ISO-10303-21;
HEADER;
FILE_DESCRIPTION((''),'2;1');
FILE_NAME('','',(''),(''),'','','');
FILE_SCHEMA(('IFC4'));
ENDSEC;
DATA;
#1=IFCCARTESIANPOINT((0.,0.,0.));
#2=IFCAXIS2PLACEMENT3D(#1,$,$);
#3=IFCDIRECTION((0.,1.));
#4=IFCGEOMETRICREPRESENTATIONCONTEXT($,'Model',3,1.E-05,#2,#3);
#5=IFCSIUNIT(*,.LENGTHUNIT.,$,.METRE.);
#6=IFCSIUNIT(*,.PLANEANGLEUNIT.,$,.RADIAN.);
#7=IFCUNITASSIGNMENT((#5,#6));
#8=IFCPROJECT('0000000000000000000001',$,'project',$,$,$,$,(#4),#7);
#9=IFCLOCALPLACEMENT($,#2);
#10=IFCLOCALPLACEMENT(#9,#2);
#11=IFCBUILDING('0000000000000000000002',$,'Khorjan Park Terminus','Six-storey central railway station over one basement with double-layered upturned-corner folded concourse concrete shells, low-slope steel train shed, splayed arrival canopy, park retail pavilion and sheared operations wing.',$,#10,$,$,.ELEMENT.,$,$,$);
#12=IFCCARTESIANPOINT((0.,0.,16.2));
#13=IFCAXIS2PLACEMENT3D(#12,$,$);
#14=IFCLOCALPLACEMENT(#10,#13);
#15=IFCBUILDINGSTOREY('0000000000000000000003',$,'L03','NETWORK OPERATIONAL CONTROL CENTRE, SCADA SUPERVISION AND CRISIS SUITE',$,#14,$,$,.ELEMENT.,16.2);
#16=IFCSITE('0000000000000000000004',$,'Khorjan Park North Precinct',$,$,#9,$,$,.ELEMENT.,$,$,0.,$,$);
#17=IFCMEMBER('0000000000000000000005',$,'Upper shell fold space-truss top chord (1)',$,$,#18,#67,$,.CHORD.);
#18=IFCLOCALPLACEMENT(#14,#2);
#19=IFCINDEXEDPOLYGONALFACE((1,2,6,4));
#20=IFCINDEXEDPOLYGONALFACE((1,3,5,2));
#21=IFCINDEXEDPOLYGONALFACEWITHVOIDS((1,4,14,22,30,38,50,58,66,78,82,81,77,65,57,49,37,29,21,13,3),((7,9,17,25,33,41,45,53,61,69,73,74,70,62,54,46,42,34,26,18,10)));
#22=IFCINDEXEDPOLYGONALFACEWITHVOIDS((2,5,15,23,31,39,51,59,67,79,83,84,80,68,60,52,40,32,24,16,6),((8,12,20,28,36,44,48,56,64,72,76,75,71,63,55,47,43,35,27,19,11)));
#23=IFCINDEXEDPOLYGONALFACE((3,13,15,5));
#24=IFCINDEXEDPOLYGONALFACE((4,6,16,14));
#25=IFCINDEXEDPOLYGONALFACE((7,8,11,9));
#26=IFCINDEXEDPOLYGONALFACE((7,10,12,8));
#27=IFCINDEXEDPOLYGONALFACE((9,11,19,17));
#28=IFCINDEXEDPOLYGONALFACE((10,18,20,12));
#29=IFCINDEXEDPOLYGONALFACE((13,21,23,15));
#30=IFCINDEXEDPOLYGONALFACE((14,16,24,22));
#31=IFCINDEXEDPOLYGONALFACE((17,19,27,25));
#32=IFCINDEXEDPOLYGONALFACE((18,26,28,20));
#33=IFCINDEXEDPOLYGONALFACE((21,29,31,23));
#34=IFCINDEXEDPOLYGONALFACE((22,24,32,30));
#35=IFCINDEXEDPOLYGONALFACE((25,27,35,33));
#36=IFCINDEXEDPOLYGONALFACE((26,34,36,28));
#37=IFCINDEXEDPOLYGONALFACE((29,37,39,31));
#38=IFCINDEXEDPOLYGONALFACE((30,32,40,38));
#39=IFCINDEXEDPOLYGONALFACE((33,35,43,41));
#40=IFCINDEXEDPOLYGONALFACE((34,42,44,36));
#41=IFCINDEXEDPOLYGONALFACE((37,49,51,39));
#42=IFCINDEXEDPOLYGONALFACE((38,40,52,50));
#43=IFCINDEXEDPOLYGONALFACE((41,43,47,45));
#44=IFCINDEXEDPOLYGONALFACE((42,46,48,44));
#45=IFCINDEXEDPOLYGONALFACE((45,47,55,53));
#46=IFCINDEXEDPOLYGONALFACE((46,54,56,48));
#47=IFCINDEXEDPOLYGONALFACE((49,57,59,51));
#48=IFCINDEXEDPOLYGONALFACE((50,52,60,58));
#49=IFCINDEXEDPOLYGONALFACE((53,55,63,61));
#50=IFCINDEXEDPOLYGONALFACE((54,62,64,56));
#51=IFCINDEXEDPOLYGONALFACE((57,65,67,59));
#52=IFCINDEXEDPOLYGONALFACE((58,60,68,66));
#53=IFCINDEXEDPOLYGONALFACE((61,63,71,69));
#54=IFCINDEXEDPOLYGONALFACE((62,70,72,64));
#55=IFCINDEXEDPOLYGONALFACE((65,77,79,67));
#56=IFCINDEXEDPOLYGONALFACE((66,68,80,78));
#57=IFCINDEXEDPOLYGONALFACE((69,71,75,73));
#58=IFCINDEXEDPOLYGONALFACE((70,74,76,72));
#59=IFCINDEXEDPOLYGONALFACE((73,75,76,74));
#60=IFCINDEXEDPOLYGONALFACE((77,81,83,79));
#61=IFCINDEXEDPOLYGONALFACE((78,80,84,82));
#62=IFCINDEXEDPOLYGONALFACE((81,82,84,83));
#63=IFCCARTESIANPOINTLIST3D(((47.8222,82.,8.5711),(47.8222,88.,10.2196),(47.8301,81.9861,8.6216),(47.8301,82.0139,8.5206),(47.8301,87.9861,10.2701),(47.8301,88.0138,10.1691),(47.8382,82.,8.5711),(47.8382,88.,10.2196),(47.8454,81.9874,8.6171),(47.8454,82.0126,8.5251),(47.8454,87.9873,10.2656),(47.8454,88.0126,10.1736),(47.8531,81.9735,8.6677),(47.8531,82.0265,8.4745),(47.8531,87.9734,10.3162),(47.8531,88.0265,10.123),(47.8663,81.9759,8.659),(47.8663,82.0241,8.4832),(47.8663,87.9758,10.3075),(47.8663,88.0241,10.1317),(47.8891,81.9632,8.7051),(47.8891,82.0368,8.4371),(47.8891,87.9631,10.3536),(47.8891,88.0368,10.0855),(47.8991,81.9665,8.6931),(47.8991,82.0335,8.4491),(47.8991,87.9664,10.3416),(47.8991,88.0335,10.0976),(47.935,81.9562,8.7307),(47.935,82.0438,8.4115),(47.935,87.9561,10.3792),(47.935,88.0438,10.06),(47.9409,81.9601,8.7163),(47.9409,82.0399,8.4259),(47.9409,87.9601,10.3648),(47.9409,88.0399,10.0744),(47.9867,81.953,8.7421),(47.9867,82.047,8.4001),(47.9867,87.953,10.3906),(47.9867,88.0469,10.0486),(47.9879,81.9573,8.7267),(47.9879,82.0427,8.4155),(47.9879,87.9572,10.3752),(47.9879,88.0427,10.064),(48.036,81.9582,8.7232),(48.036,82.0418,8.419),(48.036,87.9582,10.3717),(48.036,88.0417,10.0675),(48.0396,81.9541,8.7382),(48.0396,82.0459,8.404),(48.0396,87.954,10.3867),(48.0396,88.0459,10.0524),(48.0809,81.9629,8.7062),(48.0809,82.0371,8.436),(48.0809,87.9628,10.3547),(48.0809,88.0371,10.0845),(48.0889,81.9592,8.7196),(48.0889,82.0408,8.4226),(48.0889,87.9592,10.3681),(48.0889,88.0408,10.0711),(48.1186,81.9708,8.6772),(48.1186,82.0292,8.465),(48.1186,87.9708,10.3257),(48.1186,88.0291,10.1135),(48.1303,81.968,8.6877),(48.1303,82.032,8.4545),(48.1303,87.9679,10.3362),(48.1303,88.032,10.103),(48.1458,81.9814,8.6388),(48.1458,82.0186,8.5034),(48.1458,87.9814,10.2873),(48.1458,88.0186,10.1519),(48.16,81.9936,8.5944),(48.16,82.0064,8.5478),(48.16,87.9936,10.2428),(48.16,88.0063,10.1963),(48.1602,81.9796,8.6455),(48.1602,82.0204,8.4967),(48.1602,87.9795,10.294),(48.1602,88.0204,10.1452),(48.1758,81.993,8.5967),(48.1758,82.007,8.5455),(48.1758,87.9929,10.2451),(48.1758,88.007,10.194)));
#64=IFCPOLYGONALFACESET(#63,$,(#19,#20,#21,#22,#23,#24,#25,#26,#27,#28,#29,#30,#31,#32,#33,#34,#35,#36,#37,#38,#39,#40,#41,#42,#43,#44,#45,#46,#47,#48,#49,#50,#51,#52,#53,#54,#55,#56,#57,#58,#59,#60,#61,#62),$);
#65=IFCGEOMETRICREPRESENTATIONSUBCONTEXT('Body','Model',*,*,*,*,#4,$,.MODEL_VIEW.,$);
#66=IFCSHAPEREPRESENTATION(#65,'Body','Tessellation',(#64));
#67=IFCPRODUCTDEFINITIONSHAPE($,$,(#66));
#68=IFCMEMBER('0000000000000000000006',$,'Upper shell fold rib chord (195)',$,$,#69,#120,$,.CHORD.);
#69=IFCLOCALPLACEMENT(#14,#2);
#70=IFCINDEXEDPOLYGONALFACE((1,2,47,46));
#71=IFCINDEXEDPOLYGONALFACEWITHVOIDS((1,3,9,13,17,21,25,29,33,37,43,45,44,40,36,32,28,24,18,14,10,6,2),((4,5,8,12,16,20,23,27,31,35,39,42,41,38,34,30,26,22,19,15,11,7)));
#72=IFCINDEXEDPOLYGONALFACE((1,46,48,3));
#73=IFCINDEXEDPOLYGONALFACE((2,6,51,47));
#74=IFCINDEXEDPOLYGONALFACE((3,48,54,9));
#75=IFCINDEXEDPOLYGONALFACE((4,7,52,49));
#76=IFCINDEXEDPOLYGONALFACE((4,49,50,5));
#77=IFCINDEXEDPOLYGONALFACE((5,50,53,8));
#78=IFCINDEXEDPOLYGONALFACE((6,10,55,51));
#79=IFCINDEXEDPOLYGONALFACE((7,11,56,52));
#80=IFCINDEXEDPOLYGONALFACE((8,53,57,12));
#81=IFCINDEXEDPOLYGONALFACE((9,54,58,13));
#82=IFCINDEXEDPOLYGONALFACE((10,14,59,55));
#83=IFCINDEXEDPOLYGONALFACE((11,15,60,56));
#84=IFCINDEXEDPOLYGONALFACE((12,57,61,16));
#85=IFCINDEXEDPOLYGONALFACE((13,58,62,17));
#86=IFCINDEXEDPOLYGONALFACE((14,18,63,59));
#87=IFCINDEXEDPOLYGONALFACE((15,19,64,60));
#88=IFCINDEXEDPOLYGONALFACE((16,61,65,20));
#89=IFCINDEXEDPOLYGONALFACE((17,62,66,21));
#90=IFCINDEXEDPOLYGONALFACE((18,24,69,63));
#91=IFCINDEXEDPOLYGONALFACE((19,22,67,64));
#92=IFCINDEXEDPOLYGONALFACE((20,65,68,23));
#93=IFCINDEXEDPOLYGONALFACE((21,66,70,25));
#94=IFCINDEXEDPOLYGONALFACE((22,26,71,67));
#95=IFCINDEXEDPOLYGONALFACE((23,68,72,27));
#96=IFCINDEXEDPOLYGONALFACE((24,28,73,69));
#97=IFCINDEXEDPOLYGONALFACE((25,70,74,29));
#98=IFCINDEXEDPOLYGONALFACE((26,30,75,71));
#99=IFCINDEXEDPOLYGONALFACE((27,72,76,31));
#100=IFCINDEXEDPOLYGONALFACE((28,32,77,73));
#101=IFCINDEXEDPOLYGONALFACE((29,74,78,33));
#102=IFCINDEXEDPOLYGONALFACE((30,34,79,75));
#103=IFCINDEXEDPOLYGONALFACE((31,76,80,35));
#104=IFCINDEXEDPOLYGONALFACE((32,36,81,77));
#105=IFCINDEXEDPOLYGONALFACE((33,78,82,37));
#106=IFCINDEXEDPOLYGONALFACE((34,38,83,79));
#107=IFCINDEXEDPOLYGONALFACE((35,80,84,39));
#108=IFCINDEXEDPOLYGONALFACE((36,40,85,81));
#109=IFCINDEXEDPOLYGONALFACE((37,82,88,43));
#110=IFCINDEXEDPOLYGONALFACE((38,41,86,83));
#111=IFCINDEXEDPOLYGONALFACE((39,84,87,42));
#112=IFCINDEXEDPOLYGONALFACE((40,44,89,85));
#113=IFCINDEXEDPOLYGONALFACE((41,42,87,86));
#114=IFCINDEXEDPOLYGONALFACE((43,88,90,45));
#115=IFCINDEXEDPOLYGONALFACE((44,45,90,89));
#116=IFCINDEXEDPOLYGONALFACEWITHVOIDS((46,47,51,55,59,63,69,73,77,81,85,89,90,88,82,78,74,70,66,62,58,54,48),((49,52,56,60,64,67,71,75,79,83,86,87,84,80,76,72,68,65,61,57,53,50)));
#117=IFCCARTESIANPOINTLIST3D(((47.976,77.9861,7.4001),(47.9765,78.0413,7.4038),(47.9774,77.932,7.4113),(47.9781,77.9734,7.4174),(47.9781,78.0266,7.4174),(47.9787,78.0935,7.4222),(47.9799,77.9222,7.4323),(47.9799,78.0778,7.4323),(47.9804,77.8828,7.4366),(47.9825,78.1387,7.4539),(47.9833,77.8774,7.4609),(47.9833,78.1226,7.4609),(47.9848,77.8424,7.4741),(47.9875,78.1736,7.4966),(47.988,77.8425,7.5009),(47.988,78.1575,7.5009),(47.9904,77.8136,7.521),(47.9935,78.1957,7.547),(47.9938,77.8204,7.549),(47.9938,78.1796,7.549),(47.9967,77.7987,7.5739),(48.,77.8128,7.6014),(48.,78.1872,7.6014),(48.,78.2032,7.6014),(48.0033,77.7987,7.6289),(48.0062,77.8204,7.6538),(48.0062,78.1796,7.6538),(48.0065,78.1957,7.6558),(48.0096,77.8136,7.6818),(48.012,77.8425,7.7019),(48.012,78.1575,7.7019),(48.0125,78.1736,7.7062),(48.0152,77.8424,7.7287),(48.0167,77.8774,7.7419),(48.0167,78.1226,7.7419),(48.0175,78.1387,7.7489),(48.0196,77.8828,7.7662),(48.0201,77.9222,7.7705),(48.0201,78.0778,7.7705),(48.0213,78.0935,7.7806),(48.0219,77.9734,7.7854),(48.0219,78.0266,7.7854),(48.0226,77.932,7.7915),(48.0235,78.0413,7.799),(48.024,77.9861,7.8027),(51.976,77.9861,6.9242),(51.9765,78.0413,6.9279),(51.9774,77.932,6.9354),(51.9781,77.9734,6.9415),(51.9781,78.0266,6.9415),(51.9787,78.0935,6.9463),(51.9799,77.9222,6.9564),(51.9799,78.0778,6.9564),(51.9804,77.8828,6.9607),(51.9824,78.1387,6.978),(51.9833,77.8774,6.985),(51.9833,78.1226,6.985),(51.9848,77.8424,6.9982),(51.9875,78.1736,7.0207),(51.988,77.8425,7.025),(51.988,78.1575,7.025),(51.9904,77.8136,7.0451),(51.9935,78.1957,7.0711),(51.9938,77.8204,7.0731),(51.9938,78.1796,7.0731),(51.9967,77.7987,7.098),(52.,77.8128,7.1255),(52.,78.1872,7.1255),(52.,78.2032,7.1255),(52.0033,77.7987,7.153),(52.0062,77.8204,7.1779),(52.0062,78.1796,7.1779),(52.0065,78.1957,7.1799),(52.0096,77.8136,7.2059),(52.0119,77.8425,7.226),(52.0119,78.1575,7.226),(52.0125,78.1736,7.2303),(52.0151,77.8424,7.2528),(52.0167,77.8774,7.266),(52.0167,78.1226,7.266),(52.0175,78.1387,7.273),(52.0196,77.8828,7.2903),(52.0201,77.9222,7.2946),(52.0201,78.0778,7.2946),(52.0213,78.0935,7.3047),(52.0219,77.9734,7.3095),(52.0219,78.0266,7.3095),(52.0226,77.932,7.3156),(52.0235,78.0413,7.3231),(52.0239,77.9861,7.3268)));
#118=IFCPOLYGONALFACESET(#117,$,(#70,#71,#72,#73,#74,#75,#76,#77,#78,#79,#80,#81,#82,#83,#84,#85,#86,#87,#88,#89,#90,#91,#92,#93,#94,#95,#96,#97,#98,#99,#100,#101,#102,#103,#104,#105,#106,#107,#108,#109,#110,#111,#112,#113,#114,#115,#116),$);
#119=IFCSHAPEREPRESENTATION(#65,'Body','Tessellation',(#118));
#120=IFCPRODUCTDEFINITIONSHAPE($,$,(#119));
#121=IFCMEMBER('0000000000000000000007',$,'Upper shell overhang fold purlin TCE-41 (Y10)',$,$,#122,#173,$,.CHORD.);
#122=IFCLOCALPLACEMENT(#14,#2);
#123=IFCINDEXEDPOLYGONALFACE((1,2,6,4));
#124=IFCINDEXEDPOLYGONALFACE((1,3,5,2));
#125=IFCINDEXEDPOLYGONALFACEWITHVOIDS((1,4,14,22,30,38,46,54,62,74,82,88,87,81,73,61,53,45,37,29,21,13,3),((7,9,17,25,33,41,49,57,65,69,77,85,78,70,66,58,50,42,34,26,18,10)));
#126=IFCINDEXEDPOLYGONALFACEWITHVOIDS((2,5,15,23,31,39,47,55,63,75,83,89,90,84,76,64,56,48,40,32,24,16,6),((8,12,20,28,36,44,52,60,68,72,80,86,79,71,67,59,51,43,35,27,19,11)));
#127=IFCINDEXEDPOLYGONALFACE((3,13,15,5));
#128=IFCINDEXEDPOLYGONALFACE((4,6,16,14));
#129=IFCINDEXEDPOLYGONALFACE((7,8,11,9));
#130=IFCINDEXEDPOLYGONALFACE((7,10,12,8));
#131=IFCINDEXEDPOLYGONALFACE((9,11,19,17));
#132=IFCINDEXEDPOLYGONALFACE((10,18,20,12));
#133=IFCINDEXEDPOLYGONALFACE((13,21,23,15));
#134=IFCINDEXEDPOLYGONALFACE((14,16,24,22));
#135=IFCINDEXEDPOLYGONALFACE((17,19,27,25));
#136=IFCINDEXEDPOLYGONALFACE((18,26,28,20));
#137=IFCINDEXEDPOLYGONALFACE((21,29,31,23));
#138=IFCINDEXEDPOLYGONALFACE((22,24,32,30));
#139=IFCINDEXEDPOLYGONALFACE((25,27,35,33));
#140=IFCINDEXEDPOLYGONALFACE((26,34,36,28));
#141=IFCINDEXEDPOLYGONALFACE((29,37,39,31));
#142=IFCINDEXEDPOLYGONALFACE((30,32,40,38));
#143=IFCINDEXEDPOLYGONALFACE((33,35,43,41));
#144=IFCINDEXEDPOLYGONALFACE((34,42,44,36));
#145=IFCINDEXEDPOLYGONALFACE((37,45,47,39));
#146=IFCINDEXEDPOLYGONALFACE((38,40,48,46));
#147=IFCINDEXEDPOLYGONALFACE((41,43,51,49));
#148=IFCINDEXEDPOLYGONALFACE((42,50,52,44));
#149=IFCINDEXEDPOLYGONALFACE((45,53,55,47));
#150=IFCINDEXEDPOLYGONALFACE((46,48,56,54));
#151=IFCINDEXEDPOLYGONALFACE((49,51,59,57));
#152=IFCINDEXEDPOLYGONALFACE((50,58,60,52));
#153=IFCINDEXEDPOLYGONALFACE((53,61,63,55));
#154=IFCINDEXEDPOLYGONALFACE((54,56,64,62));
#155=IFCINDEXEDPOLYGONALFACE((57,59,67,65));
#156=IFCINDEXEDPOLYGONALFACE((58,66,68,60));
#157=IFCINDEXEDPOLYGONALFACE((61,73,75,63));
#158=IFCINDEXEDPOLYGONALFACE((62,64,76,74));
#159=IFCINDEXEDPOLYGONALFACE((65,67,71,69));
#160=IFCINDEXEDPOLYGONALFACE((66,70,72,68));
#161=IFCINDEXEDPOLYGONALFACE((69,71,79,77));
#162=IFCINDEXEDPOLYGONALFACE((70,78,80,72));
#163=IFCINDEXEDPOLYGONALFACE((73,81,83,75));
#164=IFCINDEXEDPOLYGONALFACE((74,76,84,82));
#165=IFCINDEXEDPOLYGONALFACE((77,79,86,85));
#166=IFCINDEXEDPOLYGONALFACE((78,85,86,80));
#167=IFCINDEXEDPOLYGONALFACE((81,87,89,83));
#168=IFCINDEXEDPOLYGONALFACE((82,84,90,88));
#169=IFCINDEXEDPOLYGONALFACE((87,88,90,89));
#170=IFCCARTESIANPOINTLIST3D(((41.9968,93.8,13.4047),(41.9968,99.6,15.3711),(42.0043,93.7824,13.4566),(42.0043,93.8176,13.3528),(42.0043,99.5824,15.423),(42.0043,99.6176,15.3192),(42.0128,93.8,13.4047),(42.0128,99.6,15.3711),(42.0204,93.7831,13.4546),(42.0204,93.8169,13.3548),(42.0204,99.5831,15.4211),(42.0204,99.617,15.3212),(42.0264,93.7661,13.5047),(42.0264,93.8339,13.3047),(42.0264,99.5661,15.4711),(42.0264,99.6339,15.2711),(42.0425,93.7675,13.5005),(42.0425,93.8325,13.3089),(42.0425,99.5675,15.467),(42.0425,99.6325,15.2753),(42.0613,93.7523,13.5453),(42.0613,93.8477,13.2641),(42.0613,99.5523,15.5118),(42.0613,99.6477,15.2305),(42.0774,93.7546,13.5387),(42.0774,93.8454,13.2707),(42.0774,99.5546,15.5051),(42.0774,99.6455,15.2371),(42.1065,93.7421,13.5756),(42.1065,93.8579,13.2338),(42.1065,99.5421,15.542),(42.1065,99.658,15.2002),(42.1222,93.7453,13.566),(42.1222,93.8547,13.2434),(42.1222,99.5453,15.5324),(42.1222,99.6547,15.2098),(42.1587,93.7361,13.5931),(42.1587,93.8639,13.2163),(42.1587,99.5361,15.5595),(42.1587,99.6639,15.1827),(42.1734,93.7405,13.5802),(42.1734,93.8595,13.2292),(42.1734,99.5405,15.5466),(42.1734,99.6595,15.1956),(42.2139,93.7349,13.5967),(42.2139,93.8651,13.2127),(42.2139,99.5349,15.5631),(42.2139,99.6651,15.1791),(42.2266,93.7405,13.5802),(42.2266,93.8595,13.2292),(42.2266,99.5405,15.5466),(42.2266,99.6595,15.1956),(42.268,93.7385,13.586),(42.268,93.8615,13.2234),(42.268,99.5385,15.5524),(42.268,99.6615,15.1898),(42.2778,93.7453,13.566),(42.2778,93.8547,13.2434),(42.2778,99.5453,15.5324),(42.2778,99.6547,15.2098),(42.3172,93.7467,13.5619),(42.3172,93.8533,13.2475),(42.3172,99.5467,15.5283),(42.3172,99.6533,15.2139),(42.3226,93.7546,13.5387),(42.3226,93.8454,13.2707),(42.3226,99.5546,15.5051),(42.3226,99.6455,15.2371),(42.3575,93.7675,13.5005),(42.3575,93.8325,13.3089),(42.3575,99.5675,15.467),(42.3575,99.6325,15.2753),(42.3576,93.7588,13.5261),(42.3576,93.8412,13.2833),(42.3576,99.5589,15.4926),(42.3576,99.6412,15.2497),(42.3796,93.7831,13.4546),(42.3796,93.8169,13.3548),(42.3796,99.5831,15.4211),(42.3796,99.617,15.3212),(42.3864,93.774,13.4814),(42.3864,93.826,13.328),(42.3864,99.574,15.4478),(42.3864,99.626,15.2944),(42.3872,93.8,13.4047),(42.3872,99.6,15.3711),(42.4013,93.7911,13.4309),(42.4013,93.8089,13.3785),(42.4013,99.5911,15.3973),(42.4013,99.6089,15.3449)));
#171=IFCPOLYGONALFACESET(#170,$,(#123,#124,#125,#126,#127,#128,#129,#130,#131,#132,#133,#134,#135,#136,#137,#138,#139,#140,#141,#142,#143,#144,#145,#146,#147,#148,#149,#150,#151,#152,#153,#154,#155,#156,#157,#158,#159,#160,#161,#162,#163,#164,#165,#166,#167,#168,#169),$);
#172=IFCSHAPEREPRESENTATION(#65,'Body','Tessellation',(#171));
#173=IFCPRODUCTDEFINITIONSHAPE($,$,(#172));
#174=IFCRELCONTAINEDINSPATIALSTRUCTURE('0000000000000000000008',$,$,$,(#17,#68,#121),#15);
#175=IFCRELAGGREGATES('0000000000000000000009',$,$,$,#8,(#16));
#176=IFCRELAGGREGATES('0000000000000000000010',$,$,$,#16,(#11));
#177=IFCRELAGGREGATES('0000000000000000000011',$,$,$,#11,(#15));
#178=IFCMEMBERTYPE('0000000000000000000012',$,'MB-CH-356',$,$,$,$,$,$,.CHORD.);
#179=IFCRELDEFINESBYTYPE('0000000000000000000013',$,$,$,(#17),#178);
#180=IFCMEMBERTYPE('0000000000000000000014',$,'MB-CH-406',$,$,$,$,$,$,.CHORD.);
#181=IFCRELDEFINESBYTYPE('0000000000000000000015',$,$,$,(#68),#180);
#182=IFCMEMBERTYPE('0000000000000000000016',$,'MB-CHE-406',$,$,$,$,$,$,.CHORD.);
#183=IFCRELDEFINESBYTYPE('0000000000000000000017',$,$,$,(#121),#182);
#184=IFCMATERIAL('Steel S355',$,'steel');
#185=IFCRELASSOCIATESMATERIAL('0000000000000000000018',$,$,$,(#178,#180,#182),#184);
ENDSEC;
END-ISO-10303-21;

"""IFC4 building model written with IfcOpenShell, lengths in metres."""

from ifc_helpers import new_model, si_unit, direction, frame, origin, origin_2d, place, context, subcontext, project, spatial, hollow_circle, extrude, material, material_profile, profile_set, type_object, element, save


model = new_model("IFC4")

# Units and contexts
model_context = context("Model", 3, precision=1e-05, world=origin(), true_north=direction((0.0, 1.0)))
body_context = subcontext(model_context, "Body", "Model", "MODEL_VIEW")
ifc_project = project(units=[si_unit("LENGTHUNIT", "METRE"), si_unit("PLANEANGLEUNIT", "RADIAN")], contexts=[model_context])

# Site, building, storey
site_placement = place(None, origin())
site = spatial("IfcSite", under=ifc_project, at=site_placement, Name="Khorjan Park North Precinct", CompositionType="ELEMENT", RefElevation=0.0)
building_placement = place(site_placement, origin())
building = spatial("IfcBuilding", under=site, at=building_placement, Name="Khorjan Park Terminus", Description="Six-storey central railway station over one basement with double-layered upturned-corner folded concourse concrete shells, low-slope steel train shed, splayed arrival canopy, park retail pavilion and sheared operations wing.", CompositionType="ELEMENT")
storey_placement = place(building_placement, frame((0.0, 0.0, 16.2)))
storey = spatial("IfcBuildingStorey", under=building, at=storey_placement, Name="L03", Description="NETWORK OPERATIONAL CONTROL CENTRE, SCADA SUPERVISION AND CRISIS SUITE", CompositionType="ELEMENT", Elevation=16.2)

# Members
ifc_material_1 = material(Name="Steel S355", Category="steel")
ifc_material_profile_1 = material_profile(ifc_material_1, hollow_circle(Radius=0.1778, WallThickness=0.016, at=origin_2d()), Name="CHS 355.6x16")
ifc_profile_set_1 = profile_set([ifc_material_profile_1], Name="Steel S355")
member_type_1 = type_object("IfcMemberType", Name="MB-CH-356", PredefinedType="CHORD", material=ifc_profile_set_1)
member_1_placement = place(storey_placement, frame((48.0, 82.0, 8.5711), z_axis=(0.0, 0.964267, 0.264932), x_axis=(-1.0, 0.0, 0.0)))
element("IfcMember", 1, at=member_1_placement, inside=storey, type_object=member_type_1, Name="Upper shell fold space-truss top chord (1)", PredefinedType="CHORD", context=body_context, shape_type="SweptSolid", body=[
    extrude(hollow_circle(Radius=0.1778, WallThickness=0.016, at=origin_2d()), origin(), (0.0, 0.0, 1.0), 6.2223),
])
ifc_material_profile_2 = material_profile(ifc_material_1, hollow_circle(Radius=0.2032, WallThickness=0.016, at=origin_2d()), Name="CHS 406.4x16")
ifc_profile_set_2 = profile_set([ifc_material_profile_2], Name="Steel S355")
member_type_2 = type_object("IfcMemberType", Name="MB-CH-406", PredefinedType="CHORD", material=ifc_profile_set_2)
member_2_placement = place(storey_placement, frame((48.0, 78.0, 7.6014), z_axis=(0.992997, 0.0, -0.118142), x_axis=(0.0, 1.0, 0.0)))
element("IfcMember", 2, at=member_2_placement, inside=storey, type_object=member_type_2, Name="Upper shell fold rib chord (195)", PredefinedType="CHORD", context=body_context, shape_type="SweptSolid", body=[
    extrude(hollow_circle(Radius=0.2032, WallThickness=0.016, at=origin_2d()), origin(), (0.0, 0.0, 1.0), 4.0282),
])
ifc_material_profile_3 = material_profile(ifc_material_1, hollow_circle(Radius=0.2032, WallThickness=0.016, at=origin_2d()), Name="CHS 406.4x16")
ifc_profile_set_3 = profile_set([ifc_material_profile_3], Name="Steel S355")
member_type_3 = type_object("IfcMemberType", Name="MB-CHE-406", PredefinedType="CHORD", material=ifc_profile_set_3)
member_3_placement = place(storey_placement, frame((42.2, 93.8, 13.4047), z_axis=(0.0, 0.947051, 0.321083), x_axis=(-1.0, 0.0, 0.0)))
element("IfcMember", 3, at=member_3_placement, inside=storey, type_object=member_type_3, Name="Upper shell overhang fold purlin TCE-41 (Y10)", PredefinedType="CHORD", context=body_context, shape_type="SweptSolid", body=[
    extrude(hollow_circle(Radius=0.2032, WallThickness=0.016, at=origin_2d()), origin(), (0.0, 0.0, 1.0), 6.1243),
])

save(model, "model.ifc")
